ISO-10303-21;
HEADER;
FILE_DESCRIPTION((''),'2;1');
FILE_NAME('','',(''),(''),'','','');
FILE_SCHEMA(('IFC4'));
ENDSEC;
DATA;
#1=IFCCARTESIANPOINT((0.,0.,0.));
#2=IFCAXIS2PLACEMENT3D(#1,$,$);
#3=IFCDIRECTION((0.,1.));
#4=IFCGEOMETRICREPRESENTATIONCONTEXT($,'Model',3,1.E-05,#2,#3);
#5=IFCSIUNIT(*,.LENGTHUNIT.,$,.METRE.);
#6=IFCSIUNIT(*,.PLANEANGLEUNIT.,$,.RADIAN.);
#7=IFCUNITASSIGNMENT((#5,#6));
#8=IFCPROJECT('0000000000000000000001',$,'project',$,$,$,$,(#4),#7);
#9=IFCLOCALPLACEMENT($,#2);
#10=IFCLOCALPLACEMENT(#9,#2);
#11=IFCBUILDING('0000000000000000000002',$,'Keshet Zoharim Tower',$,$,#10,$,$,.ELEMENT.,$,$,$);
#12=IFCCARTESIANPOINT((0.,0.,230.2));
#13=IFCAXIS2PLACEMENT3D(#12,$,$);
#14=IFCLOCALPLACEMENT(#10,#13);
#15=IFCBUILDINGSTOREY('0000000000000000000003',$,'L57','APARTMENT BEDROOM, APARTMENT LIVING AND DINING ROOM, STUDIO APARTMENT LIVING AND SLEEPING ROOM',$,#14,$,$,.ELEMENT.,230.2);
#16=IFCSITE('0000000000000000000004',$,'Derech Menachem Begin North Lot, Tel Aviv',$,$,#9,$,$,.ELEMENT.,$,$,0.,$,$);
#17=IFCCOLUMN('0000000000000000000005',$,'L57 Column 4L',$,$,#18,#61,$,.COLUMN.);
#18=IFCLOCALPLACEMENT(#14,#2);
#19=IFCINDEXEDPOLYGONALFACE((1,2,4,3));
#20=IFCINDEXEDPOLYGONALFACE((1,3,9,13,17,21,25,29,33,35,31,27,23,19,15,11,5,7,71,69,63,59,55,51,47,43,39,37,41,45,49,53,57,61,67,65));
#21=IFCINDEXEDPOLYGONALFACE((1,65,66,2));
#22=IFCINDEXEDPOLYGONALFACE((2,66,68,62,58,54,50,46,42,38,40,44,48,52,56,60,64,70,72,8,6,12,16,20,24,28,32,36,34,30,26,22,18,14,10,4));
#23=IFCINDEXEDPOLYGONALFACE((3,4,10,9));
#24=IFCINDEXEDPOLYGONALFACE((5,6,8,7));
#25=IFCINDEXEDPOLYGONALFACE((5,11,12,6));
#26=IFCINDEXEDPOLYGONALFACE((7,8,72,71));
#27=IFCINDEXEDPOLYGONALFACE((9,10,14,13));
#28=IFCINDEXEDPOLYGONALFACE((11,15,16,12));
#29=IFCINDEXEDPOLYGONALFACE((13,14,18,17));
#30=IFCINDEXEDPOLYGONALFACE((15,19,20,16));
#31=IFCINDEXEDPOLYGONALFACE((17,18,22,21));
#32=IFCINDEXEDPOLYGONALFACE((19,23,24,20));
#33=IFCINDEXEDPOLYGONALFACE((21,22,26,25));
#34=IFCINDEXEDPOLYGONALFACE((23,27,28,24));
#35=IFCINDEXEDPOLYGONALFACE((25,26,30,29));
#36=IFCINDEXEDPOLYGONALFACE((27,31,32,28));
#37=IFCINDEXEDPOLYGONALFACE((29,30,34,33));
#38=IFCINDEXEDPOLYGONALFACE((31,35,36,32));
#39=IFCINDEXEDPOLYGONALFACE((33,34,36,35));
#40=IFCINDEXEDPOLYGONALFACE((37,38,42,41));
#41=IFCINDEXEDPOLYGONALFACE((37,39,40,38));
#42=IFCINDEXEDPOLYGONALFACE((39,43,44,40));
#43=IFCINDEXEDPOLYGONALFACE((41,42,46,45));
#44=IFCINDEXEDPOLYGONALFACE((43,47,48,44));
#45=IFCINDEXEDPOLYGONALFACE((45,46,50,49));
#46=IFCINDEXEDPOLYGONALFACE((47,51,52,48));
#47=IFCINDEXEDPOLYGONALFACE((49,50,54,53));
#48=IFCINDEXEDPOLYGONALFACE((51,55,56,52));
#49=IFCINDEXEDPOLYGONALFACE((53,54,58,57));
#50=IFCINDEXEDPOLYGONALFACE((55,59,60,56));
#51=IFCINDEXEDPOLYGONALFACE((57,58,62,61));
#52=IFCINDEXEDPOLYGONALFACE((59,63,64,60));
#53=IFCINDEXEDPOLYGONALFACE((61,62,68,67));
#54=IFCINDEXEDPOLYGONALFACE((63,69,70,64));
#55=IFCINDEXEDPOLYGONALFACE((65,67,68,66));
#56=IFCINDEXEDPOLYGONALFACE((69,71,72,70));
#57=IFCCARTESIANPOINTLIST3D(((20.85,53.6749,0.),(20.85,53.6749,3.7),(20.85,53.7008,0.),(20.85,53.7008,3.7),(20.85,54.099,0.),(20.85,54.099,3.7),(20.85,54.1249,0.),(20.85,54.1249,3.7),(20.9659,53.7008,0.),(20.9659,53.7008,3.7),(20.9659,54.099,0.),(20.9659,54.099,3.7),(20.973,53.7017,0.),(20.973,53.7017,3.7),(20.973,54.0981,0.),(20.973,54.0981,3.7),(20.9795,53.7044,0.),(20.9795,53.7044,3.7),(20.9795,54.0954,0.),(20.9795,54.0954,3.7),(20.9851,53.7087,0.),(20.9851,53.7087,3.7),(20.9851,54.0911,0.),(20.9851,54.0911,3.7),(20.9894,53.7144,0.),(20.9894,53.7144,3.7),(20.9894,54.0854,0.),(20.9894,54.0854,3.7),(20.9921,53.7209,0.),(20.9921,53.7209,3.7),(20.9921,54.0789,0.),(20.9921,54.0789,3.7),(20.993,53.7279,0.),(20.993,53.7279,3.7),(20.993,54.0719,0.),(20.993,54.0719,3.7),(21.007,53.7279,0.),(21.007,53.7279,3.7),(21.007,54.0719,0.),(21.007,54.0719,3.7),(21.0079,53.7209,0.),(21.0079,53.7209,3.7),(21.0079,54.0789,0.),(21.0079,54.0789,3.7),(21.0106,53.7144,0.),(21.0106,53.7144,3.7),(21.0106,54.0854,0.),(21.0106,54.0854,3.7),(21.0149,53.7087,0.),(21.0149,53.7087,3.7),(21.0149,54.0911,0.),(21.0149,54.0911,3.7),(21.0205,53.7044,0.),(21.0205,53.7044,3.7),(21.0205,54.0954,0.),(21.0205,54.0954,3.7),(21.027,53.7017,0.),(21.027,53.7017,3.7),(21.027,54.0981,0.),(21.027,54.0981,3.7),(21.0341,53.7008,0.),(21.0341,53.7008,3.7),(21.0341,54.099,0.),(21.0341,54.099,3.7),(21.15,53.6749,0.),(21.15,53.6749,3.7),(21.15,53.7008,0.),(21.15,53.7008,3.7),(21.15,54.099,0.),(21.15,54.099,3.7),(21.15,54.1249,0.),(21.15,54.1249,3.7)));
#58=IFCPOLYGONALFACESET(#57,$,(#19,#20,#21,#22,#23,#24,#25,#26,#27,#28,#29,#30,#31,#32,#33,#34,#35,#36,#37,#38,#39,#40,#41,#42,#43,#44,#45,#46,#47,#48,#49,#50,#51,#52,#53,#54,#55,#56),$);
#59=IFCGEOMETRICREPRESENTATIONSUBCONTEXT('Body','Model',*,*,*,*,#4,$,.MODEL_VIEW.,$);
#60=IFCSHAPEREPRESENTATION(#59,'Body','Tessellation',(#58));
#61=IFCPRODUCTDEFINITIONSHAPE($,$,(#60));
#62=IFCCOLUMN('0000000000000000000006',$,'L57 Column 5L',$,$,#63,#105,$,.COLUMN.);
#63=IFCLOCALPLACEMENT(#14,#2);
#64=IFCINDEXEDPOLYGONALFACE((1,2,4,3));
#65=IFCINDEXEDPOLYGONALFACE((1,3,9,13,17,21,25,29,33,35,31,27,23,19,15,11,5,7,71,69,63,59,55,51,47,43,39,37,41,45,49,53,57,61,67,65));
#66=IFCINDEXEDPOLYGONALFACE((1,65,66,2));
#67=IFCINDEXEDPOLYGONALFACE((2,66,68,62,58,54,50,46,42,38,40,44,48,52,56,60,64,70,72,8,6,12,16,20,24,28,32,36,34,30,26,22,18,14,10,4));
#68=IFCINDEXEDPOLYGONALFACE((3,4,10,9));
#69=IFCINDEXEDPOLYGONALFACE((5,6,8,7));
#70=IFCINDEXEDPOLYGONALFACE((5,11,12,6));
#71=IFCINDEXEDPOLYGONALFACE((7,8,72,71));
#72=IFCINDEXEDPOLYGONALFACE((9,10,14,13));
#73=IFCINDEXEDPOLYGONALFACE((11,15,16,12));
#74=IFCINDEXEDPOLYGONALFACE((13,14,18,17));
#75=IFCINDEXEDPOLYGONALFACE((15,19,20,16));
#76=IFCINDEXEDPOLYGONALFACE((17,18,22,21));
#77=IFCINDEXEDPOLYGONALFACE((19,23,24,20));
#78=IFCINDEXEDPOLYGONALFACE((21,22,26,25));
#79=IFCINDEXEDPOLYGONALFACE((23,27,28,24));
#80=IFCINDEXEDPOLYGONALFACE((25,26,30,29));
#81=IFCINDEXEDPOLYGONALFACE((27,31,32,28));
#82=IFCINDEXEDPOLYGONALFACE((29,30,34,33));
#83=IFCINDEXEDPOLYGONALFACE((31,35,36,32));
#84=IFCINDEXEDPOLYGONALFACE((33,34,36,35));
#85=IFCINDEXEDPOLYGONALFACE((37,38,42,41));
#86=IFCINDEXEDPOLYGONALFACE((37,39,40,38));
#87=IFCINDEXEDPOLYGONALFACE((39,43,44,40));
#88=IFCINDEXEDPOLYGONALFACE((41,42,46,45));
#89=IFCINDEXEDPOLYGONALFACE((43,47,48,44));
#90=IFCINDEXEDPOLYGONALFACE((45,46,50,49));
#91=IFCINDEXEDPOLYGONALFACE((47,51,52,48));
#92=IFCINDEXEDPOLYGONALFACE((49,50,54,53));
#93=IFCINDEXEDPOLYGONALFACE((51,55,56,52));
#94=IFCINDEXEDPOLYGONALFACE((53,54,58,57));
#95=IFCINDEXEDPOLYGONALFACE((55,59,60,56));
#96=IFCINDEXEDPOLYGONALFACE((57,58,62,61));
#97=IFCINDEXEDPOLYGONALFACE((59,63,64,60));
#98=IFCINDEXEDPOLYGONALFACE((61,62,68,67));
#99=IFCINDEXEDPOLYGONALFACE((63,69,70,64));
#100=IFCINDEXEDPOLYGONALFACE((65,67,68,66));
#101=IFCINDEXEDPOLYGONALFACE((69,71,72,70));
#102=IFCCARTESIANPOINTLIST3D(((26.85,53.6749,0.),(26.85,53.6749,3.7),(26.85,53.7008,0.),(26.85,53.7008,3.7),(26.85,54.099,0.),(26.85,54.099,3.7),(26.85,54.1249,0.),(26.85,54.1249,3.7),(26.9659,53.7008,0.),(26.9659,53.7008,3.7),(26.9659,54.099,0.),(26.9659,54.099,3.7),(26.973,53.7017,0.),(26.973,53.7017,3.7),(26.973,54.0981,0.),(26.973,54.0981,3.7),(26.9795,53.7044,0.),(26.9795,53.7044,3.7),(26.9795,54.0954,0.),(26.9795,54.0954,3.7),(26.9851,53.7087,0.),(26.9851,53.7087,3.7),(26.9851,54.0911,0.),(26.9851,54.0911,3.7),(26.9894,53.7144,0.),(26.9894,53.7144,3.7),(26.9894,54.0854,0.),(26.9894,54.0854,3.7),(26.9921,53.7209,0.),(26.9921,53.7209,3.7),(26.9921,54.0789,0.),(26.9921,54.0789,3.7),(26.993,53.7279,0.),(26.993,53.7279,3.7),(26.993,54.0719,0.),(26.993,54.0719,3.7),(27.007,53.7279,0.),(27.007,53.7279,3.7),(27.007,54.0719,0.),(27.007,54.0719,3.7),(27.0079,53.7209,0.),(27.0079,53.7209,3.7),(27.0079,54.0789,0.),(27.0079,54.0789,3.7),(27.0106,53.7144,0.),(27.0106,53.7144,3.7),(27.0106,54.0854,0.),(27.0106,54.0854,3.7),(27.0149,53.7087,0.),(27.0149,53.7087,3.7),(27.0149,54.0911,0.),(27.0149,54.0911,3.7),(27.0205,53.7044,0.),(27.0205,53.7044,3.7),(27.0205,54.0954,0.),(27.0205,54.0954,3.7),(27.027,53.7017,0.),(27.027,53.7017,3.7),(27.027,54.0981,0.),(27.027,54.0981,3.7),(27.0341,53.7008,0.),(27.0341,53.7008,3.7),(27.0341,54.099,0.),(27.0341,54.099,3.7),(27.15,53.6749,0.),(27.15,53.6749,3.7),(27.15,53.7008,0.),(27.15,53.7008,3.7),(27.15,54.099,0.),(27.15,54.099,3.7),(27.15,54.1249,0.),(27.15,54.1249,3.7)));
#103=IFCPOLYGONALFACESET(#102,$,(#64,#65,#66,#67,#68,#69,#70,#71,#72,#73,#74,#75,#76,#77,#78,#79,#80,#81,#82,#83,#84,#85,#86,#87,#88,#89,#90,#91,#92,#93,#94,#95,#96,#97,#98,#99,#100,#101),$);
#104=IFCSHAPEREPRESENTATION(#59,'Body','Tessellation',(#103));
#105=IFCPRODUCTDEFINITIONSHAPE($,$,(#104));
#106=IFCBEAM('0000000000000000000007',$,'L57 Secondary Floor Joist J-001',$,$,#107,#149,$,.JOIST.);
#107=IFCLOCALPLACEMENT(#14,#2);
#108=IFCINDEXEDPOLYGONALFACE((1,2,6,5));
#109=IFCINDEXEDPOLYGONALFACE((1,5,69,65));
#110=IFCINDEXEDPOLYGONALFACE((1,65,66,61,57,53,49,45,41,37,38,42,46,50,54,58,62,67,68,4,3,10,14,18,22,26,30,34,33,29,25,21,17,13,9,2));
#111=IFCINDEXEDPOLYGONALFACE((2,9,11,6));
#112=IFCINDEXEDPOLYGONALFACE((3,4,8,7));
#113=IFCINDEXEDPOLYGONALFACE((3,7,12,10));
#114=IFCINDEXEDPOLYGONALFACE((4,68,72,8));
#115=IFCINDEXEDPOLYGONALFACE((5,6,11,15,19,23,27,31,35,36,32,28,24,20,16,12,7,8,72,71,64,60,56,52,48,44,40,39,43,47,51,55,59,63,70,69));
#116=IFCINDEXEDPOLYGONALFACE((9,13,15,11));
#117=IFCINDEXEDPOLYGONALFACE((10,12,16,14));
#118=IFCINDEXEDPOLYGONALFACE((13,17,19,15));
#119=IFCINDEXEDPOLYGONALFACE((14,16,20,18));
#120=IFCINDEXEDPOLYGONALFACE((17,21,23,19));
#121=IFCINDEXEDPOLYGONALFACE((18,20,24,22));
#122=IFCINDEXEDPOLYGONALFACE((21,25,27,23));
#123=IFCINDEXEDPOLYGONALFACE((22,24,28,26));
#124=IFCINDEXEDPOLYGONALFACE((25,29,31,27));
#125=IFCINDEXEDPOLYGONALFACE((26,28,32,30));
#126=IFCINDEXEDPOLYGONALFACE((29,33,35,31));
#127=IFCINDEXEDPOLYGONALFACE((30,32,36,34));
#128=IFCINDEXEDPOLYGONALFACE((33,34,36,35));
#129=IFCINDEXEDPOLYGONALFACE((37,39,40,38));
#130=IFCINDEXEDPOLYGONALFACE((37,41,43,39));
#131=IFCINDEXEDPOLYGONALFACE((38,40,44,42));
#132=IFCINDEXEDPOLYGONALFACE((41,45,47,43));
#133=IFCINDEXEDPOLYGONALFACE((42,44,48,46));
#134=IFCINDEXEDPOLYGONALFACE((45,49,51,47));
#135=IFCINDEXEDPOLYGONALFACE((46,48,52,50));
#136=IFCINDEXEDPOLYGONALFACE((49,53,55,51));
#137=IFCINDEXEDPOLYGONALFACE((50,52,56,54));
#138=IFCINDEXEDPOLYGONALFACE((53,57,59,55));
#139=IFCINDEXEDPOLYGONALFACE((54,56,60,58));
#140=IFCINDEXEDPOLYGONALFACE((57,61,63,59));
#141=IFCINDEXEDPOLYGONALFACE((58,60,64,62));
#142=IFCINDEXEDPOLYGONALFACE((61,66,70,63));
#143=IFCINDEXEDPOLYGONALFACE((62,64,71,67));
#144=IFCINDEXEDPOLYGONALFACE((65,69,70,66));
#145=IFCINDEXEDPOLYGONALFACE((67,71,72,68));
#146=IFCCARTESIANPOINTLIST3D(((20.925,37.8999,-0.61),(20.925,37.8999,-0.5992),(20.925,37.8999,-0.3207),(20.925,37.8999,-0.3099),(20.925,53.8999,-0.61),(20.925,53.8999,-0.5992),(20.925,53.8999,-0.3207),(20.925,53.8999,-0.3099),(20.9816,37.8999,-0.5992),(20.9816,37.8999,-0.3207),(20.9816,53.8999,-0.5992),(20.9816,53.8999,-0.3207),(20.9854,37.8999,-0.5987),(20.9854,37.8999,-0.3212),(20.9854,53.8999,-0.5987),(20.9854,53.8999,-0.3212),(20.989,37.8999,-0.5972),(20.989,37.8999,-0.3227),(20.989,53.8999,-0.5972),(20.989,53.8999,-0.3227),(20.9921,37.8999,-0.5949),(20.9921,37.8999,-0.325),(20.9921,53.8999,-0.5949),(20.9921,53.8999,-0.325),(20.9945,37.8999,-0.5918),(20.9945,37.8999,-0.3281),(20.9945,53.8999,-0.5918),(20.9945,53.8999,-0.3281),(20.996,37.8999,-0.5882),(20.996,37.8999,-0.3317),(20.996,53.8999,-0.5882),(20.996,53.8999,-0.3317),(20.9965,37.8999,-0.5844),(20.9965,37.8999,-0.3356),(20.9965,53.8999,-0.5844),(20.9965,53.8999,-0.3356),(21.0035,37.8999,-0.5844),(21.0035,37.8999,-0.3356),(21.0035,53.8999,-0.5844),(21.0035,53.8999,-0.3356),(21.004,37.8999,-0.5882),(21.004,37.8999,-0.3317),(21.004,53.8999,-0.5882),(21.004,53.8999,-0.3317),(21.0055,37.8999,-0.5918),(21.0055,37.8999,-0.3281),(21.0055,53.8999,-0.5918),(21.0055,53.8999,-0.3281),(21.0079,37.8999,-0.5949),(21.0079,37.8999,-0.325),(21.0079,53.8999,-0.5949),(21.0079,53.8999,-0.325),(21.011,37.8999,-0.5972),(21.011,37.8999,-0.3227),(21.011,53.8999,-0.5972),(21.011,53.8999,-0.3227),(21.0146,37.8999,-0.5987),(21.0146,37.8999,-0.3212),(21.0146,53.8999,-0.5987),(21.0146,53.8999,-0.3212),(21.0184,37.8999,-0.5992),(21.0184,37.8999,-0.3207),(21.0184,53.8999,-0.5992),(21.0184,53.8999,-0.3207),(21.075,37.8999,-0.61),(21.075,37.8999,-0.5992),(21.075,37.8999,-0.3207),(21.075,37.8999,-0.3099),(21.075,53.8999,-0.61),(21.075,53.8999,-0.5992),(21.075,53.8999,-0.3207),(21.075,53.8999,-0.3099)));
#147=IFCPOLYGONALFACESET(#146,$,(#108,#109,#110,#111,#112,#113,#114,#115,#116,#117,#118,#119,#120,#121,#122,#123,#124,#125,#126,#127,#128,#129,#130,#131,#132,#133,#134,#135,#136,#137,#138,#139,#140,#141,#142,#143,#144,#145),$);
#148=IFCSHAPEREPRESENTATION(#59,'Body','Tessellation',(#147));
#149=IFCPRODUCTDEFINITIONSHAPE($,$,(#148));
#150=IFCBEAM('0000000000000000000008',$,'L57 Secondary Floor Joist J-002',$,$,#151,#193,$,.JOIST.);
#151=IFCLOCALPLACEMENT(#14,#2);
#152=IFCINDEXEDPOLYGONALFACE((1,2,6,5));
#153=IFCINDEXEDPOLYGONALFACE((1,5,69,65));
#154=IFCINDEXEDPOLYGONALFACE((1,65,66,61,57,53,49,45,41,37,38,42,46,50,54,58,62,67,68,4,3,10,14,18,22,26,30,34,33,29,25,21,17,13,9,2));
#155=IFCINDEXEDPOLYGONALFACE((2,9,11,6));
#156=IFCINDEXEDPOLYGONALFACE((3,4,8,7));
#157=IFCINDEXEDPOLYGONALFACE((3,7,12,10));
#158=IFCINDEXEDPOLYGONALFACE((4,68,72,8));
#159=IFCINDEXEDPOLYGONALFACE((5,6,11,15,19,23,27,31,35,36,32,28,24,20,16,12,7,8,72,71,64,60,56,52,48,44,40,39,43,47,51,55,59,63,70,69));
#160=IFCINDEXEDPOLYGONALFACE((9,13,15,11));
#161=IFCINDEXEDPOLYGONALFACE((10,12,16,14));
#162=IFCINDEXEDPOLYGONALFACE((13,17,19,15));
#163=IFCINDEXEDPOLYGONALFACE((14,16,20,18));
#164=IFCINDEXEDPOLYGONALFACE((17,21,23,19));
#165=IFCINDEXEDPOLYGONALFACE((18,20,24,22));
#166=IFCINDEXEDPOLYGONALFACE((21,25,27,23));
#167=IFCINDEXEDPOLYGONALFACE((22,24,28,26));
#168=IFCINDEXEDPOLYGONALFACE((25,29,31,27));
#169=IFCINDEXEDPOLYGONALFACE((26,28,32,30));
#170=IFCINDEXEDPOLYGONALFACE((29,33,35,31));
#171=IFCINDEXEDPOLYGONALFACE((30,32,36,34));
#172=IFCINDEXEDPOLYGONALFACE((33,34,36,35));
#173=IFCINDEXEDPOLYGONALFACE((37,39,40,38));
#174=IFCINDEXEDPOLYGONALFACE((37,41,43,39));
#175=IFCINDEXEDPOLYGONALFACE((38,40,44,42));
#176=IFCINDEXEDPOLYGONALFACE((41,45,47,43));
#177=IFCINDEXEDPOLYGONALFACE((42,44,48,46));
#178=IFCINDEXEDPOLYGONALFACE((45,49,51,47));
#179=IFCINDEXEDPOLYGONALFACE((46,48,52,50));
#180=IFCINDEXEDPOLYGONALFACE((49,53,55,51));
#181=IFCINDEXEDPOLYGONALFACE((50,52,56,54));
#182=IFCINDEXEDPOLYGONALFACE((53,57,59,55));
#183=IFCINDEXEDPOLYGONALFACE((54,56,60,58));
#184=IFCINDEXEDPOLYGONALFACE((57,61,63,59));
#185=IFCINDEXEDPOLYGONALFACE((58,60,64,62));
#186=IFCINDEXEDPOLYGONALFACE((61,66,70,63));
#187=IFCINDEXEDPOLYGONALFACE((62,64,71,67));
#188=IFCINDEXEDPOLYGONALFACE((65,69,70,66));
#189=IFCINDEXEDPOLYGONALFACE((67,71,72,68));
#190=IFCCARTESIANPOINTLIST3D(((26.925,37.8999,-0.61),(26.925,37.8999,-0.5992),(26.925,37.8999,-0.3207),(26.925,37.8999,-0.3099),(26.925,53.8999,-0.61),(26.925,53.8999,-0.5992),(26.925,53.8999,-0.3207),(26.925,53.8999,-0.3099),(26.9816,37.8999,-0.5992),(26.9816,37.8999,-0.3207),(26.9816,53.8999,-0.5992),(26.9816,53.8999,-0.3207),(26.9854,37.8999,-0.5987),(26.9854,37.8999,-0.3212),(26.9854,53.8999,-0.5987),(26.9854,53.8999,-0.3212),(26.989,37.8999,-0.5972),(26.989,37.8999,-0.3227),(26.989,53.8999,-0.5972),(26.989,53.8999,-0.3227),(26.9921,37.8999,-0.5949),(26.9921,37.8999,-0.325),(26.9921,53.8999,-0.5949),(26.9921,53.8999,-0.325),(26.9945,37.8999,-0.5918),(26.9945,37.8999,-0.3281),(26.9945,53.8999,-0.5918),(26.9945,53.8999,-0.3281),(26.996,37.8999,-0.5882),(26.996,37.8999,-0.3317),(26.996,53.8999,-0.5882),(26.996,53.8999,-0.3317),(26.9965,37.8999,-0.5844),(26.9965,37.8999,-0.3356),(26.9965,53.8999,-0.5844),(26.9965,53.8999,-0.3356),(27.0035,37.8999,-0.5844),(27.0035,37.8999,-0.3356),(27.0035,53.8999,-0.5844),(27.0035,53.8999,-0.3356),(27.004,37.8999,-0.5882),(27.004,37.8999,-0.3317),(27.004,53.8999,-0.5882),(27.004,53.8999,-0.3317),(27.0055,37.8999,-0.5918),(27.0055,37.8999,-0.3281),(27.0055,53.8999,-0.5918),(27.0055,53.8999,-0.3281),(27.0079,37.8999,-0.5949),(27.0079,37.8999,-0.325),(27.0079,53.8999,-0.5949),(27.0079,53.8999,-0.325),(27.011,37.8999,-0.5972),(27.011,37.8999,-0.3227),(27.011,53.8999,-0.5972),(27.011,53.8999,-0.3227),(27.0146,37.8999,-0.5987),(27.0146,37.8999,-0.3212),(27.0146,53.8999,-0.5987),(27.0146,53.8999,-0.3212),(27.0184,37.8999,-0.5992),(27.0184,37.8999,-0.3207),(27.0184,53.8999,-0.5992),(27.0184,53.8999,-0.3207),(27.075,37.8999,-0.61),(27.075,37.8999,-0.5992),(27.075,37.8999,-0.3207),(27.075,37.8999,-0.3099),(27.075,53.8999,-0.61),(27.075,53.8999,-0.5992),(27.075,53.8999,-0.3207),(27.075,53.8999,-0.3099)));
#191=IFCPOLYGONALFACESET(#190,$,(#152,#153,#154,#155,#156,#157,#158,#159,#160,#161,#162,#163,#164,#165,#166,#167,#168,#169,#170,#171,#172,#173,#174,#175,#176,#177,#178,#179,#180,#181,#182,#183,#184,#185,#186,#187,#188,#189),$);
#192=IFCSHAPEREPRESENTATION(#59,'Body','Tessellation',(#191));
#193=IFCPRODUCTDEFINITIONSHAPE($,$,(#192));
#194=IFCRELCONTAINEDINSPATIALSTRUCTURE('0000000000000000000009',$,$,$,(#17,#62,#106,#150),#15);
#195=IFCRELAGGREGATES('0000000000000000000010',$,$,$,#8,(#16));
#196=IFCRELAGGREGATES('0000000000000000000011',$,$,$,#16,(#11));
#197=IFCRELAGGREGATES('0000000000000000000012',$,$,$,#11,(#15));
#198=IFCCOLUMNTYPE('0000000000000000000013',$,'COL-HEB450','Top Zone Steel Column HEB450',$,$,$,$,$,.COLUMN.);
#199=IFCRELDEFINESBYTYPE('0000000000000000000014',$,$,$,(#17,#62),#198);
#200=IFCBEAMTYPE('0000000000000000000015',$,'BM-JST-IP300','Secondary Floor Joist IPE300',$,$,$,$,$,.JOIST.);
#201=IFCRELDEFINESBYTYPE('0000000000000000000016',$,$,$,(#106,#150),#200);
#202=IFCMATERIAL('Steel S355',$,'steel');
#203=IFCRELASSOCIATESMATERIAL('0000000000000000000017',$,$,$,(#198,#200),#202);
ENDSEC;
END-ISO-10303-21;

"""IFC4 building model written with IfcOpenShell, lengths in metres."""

from ifc_helpers import new_model, si_unit, direction, frame, origin, origin_2d, place, context, subcontext, project, spatial, i_section, extrude, material, material_profile, profile_set, type_object, element, save


model = new_model("IFC4")

# Units and contexts
model_context = context("Model", 3, precision=1e-05, world=origin(), true_north=direction((0.0, 1.0)))
body_context = subcontext(model_context, "Body", "Model", "MODEL_VIEW")
ifc_project = project(units=[si_unit("LENGTHUNIT", "METRE"), si_unit("PLANEANGLEUNIT", "RADIAN")], contexts=[model_context])

# Site, building, storey
site_placement = place(None, origin())
site = spatial("IfcSite", under=ifc_project, at=site_placement, Name="Derech Menachem Begin North Lot, Tel Aviv", CompositionType="ELEMENT", RefElevation=0.0)
building_placement = place(site_placement, origin())
building = spatial("IfcBuilding", under=site, at=building_placement, Name="Keshet Zoharim Tower", CompositionType="ELEMENT")
storey_placement = place(building_placement, frame((0.0, 0.0, 230.2)))
storey = spatial("IfcBuildingStorey", under=building, at=storey_placement, Name="L57", Description="APARTMENT BEDROOM, APARTMENT LIVING AND DINING ROOM, STUDIO APARTMENT LIVING AND SLEEPING ROOM", CompositionType="ELEMENT", Elevation=230.2)

# Columns
ifc_material_1 = material(Name="Steel S355", Category="steel")
ifc_material_profile_1 = material_profile(ifc_material_1, i_section(OverallWidth=0.3, OverallDepth=0.45, WebThickness=0.0139, FlangeThickness=0.0259, FilletRadius=0.0271, at=origin_2d()), Name="HEB450")
ifc_profile_set_1 = profile_set([ifc_material_profile_1], Name="Steel S355")
column_type = type_object("IfcColumnType", Name="COL-HEB450", Description="Top Zone Steel Column HEB450", PredefinedType="COLUMN", material=ifc_profile_set_1)
for number, where, z_axis, x_axis, name in (
    (1, (21.0, 53.8999, 0.0), (0.0, 0.0, 1.0), (1.0, 0.0, 0.0), "L57 Column 4L"),
    (2, (27.0, 53.8999, 0.0), (0.0, 0.0, 1.0), (1.0, 0.0, 0.0), "L57 Column 5L"),
):
    element("IfcColumn", number, at=place(storey_placement, frame(where, z_axis=z_axis, x_axis=x_axis)), inside=storey, type_object=column_type, Name=name, PredefinedType="COLUMN", context=body_context, shape_type="SweptSolid", body=[
        extrude(i_section(OverallWidth=0.3, OverallDepth=0.45, WebThickness=0.0139, FlangeThickness=0.0259, FilletRadius=0.0271, at=origin_2d()), origin(), (0.0, 0.0, 1.0), 3.7),
    ])

# Beams
ifc_material_profile_2 = material_profile(ifc_material_1, i_section(OverallWidth=0.1499, OverallDepth=0.3, WebThickness=0.0071, FlangeThickness=0.0107, FilletRadius=0.0149, at=origin_2d()), Name="IPE300")
ifc_profile_set_2 = profile_set([ifc_material_profile_2], Name="Steel S355")
beam_type_1 = type_object("IfcBeamType", Name="BM-JST-IP300", Description="Secondary Floor Joist IPE300", PredefinedType="JOIST", material=ifc_profile_set_2)
for number, where, z_axis, x_axis, name in (
    (3, (21.0, 37.8999, -0.46), (0.0, 1.0, 0.0), (-1.0, 0.0, 0.0), "L57 Secondary Floor Joist J-001"),
    (4, (27.0, 37.8999, -0.46), (0.0, 1.0, 0.0), (-1.0, 0.0, 0.0), "L57 Secondary Floor Joist J-002"),
):
    element("IfcBeam", number, at=place(storey_placement, frame(where, z_axis=z_axis, x_axis=x_axis)), inside=storey, type_object=beam_type_1, Name=name, PredefinedType="JOIST", context=body_context, shape_type="SweptSolid", body=[
        extrude(i_section(OverallWidth=0.1499, OverallDepth=0.3, WebThickness=0.0071, FlangeThickness=0.0107, FilletRadius=0.0149, at=origin_2d()), origin(), (0.0, 0.0, 1.0), 16.0),
    ])

save(model, "model.ifc")
